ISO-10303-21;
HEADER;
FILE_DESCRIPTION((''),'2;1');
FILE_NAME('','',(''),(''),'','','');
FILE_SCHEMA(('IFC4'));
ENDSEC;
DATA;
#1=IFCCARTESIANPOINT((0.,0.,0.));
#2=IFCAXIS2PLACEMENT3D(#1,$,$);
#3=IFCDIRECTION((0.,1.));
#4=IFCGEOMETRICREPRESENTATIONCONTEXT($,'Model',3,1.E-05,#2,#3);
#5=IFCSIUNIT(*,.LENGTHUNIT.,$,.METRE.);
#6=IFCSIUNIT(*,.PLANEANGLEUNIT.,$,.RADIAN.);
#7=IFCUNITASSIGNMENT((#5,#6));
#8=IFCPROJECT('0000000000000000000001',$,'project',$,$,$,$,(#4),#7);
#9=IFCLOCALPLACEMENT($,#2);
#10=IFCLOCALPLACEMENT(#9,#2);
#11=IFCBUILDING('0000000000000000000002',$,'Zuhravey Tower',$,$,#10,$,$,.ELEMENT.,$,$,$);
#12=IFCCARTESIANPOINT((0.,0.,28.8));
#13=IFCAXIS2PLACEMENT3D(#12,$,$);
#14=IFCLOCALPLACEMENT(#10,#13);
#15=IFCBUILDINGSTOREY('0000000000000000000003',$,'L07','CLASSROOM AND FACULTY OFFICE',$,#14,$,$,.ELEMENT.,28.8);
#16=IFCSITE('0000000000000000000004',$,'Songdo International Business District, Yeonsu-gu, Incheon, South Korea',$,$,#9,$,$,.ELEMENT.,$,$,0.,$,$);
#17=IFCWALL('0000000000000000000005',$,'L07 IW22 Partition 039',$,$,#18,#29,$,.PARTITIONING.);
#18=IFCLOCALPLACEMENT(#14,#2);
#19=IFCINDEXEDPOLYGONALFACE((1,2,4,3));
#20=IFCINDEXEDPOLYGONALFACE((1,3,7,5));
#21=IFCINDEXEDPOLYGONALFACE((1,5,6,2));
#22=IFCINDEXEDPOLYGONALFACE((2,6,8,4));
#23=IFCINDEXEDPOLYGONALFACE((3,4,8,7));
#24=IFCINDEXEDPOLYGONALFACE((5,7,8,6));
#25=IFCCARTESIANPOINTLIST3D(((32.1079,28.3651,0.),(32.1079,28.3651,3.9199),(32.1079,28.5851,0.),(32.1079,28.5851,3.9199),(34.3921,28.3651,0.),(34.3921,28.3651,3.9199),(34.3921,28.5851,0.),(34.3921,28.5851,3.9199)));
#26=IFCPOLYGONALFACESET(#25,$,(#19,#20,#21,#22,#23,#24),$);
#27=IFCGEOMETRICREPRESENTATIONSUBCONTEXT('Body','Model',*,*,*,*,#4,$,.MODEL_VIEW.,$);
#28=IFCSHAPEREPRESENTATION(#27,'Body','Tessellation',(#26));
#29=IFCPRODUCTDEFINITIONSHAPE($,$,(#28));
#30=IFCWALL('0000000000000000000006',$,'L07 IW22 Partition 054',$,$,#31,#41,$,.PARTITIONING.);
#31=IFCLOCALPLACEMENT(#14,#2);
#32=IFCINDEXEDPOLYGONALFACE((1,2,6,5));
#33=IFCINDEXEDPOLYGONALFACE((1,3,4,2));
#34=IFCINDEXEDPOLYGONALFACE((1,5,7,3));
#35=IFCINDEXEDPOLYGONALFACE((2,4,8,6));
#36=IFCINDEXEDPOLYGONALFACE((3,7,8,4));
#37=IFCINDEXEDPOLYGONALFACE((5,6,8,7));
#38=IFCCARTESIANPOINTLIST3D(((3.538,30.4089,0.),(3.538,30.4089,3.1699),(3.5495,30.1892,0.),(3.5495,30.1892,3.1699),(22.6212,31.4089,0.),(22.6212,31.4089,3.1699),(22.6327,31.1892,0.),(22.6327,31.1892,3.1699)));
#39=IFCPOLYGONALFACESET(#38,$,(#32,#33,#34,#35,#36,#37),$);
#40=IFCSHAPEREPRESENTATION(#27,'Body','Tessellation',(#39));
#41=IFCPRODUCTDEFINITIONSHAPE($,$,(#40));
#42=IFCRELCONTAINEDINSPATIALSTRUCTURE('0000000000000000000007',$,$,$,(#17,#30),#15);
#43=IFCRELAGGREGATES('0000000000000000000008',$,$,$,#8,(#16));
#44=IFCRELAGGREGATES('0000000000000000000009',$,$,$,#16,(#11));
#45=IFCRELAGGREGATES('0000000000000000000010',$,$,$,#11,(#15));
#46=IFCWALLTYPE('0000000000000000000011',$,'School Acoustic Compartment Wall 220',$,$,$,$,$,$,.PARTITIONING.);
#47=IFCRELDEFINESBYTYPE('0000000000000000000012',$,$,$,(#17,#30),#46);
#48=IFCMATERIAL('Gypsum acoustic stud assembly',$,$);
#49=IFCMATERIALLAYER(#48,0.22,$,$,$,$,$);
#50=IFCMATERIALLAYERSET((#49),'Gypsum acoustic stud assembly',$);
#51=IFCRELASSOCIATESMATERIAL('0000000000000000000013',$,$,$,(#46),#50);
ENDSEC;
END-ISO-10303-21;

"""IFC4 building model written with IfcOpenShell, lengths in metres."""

from ifc_helpers import new_model, si_unit, direction, frame, frame_2d, origin, place, context, subcontext, project, spatial, rectangle, extrude, material, layer, layer_set, type_object, element, save


model = new_model("IFC4")

# Units and contexts
model_context = context("Model", 3, precision=1e-05, world=origin(), true_north=direction((0.0, 1.0)))
body_context = subcontext(model_context, "Body", "Model", "MODEL_VIEW")
ifc_project = project(units=[si_unit("LENGTHUNIT", "METRE"), si_unit("PLANEANGLEUNIT", "RADIAN")], contexts=[model_context])

# Site, building, storey
site_placement = place(None, origin())
site = spatial("IfcSite", under=ifc_project, at=site_placement, Name="Songdo International Business District, Yeonsu-gu, Incheon, South Korea", CompositionType="ELEMENT", RefElevation=0.0)
building_placement = place(site_placement, origin())
building = spatial("IfcBuilding", under=site, at=building_placement, Name="Zuhravey Tower", CompositionType="ELEMENT")
storey_placement = place(building_placement, frame((0.0, 0.0, 28.8)))
storey = spatial("IfcBuildingStorey", under=building, at=storey_placement, Name="L07", Description="CLASSROOM AND FACULTY OFFICE", CompositionType="ELEMENT", Elevation=28.8)

# Walls
ifc_material_1 = material(Name="Gypsum acoustic stud assembly")
ifc_layer_1 = layer(ifc_material_1, 0.22)
ifc_layer_set_1 = layer_set([ifc_layer_1], Name="Gypsum acoustic stud assembly")
wall_type_1 = type_object("IfcWallType", Name="School Acoustic Compartment Wall 220", PredefinedType="PARTITIONING", material=ifc_layer_set_1)
for number, where, z_axis, x_axis, name in (
    (1, (32.1079, 28.4751, 0.0), (0.0, 0.0, 1.0), (1.0, 0.0, 0.0), "L07 IW22 Partition 039"),
):
    element("IfcWall", number, at=place(storey_placement, frame(where, z_axis=z_axis, x_axis=x_axis)), inside=storey, type_object=wall_type_1, Name=name, PredefinedType="PARTITIONING", context=body_context, shape_type="SweptSolid", body=[
        extrude(rectangle(XDim=2.2842, YDim=0.22, at=frame_2d((1.1421, 0.0))), origin(), (0.0, 0.0, 1.0), 3.9199),
    ])
wall_1_placement = place(storey_placement, frame((22.627, 31.2991, 0.0), z_axis=(0.0, 0.0, 1.0), x_axis=(-0.99863, -0.05233, 0.0)))
element("IfcWall", 2, at=wall_1_placement, inside=storey, type_object=wall_type_1, Name="L07 IW22 Partition 054", PredefinedType="PARTITIONING", context=body_context, shape_type="SweptSolid", body=[
    extrude(rectangle(XDim=19.1094, YDim=0.22, at=frame_2d((9.5547, 0.0))), origin(), (0.0, 0.0, 1.0), 3.1699),
])

save(model, "model.ifc")
